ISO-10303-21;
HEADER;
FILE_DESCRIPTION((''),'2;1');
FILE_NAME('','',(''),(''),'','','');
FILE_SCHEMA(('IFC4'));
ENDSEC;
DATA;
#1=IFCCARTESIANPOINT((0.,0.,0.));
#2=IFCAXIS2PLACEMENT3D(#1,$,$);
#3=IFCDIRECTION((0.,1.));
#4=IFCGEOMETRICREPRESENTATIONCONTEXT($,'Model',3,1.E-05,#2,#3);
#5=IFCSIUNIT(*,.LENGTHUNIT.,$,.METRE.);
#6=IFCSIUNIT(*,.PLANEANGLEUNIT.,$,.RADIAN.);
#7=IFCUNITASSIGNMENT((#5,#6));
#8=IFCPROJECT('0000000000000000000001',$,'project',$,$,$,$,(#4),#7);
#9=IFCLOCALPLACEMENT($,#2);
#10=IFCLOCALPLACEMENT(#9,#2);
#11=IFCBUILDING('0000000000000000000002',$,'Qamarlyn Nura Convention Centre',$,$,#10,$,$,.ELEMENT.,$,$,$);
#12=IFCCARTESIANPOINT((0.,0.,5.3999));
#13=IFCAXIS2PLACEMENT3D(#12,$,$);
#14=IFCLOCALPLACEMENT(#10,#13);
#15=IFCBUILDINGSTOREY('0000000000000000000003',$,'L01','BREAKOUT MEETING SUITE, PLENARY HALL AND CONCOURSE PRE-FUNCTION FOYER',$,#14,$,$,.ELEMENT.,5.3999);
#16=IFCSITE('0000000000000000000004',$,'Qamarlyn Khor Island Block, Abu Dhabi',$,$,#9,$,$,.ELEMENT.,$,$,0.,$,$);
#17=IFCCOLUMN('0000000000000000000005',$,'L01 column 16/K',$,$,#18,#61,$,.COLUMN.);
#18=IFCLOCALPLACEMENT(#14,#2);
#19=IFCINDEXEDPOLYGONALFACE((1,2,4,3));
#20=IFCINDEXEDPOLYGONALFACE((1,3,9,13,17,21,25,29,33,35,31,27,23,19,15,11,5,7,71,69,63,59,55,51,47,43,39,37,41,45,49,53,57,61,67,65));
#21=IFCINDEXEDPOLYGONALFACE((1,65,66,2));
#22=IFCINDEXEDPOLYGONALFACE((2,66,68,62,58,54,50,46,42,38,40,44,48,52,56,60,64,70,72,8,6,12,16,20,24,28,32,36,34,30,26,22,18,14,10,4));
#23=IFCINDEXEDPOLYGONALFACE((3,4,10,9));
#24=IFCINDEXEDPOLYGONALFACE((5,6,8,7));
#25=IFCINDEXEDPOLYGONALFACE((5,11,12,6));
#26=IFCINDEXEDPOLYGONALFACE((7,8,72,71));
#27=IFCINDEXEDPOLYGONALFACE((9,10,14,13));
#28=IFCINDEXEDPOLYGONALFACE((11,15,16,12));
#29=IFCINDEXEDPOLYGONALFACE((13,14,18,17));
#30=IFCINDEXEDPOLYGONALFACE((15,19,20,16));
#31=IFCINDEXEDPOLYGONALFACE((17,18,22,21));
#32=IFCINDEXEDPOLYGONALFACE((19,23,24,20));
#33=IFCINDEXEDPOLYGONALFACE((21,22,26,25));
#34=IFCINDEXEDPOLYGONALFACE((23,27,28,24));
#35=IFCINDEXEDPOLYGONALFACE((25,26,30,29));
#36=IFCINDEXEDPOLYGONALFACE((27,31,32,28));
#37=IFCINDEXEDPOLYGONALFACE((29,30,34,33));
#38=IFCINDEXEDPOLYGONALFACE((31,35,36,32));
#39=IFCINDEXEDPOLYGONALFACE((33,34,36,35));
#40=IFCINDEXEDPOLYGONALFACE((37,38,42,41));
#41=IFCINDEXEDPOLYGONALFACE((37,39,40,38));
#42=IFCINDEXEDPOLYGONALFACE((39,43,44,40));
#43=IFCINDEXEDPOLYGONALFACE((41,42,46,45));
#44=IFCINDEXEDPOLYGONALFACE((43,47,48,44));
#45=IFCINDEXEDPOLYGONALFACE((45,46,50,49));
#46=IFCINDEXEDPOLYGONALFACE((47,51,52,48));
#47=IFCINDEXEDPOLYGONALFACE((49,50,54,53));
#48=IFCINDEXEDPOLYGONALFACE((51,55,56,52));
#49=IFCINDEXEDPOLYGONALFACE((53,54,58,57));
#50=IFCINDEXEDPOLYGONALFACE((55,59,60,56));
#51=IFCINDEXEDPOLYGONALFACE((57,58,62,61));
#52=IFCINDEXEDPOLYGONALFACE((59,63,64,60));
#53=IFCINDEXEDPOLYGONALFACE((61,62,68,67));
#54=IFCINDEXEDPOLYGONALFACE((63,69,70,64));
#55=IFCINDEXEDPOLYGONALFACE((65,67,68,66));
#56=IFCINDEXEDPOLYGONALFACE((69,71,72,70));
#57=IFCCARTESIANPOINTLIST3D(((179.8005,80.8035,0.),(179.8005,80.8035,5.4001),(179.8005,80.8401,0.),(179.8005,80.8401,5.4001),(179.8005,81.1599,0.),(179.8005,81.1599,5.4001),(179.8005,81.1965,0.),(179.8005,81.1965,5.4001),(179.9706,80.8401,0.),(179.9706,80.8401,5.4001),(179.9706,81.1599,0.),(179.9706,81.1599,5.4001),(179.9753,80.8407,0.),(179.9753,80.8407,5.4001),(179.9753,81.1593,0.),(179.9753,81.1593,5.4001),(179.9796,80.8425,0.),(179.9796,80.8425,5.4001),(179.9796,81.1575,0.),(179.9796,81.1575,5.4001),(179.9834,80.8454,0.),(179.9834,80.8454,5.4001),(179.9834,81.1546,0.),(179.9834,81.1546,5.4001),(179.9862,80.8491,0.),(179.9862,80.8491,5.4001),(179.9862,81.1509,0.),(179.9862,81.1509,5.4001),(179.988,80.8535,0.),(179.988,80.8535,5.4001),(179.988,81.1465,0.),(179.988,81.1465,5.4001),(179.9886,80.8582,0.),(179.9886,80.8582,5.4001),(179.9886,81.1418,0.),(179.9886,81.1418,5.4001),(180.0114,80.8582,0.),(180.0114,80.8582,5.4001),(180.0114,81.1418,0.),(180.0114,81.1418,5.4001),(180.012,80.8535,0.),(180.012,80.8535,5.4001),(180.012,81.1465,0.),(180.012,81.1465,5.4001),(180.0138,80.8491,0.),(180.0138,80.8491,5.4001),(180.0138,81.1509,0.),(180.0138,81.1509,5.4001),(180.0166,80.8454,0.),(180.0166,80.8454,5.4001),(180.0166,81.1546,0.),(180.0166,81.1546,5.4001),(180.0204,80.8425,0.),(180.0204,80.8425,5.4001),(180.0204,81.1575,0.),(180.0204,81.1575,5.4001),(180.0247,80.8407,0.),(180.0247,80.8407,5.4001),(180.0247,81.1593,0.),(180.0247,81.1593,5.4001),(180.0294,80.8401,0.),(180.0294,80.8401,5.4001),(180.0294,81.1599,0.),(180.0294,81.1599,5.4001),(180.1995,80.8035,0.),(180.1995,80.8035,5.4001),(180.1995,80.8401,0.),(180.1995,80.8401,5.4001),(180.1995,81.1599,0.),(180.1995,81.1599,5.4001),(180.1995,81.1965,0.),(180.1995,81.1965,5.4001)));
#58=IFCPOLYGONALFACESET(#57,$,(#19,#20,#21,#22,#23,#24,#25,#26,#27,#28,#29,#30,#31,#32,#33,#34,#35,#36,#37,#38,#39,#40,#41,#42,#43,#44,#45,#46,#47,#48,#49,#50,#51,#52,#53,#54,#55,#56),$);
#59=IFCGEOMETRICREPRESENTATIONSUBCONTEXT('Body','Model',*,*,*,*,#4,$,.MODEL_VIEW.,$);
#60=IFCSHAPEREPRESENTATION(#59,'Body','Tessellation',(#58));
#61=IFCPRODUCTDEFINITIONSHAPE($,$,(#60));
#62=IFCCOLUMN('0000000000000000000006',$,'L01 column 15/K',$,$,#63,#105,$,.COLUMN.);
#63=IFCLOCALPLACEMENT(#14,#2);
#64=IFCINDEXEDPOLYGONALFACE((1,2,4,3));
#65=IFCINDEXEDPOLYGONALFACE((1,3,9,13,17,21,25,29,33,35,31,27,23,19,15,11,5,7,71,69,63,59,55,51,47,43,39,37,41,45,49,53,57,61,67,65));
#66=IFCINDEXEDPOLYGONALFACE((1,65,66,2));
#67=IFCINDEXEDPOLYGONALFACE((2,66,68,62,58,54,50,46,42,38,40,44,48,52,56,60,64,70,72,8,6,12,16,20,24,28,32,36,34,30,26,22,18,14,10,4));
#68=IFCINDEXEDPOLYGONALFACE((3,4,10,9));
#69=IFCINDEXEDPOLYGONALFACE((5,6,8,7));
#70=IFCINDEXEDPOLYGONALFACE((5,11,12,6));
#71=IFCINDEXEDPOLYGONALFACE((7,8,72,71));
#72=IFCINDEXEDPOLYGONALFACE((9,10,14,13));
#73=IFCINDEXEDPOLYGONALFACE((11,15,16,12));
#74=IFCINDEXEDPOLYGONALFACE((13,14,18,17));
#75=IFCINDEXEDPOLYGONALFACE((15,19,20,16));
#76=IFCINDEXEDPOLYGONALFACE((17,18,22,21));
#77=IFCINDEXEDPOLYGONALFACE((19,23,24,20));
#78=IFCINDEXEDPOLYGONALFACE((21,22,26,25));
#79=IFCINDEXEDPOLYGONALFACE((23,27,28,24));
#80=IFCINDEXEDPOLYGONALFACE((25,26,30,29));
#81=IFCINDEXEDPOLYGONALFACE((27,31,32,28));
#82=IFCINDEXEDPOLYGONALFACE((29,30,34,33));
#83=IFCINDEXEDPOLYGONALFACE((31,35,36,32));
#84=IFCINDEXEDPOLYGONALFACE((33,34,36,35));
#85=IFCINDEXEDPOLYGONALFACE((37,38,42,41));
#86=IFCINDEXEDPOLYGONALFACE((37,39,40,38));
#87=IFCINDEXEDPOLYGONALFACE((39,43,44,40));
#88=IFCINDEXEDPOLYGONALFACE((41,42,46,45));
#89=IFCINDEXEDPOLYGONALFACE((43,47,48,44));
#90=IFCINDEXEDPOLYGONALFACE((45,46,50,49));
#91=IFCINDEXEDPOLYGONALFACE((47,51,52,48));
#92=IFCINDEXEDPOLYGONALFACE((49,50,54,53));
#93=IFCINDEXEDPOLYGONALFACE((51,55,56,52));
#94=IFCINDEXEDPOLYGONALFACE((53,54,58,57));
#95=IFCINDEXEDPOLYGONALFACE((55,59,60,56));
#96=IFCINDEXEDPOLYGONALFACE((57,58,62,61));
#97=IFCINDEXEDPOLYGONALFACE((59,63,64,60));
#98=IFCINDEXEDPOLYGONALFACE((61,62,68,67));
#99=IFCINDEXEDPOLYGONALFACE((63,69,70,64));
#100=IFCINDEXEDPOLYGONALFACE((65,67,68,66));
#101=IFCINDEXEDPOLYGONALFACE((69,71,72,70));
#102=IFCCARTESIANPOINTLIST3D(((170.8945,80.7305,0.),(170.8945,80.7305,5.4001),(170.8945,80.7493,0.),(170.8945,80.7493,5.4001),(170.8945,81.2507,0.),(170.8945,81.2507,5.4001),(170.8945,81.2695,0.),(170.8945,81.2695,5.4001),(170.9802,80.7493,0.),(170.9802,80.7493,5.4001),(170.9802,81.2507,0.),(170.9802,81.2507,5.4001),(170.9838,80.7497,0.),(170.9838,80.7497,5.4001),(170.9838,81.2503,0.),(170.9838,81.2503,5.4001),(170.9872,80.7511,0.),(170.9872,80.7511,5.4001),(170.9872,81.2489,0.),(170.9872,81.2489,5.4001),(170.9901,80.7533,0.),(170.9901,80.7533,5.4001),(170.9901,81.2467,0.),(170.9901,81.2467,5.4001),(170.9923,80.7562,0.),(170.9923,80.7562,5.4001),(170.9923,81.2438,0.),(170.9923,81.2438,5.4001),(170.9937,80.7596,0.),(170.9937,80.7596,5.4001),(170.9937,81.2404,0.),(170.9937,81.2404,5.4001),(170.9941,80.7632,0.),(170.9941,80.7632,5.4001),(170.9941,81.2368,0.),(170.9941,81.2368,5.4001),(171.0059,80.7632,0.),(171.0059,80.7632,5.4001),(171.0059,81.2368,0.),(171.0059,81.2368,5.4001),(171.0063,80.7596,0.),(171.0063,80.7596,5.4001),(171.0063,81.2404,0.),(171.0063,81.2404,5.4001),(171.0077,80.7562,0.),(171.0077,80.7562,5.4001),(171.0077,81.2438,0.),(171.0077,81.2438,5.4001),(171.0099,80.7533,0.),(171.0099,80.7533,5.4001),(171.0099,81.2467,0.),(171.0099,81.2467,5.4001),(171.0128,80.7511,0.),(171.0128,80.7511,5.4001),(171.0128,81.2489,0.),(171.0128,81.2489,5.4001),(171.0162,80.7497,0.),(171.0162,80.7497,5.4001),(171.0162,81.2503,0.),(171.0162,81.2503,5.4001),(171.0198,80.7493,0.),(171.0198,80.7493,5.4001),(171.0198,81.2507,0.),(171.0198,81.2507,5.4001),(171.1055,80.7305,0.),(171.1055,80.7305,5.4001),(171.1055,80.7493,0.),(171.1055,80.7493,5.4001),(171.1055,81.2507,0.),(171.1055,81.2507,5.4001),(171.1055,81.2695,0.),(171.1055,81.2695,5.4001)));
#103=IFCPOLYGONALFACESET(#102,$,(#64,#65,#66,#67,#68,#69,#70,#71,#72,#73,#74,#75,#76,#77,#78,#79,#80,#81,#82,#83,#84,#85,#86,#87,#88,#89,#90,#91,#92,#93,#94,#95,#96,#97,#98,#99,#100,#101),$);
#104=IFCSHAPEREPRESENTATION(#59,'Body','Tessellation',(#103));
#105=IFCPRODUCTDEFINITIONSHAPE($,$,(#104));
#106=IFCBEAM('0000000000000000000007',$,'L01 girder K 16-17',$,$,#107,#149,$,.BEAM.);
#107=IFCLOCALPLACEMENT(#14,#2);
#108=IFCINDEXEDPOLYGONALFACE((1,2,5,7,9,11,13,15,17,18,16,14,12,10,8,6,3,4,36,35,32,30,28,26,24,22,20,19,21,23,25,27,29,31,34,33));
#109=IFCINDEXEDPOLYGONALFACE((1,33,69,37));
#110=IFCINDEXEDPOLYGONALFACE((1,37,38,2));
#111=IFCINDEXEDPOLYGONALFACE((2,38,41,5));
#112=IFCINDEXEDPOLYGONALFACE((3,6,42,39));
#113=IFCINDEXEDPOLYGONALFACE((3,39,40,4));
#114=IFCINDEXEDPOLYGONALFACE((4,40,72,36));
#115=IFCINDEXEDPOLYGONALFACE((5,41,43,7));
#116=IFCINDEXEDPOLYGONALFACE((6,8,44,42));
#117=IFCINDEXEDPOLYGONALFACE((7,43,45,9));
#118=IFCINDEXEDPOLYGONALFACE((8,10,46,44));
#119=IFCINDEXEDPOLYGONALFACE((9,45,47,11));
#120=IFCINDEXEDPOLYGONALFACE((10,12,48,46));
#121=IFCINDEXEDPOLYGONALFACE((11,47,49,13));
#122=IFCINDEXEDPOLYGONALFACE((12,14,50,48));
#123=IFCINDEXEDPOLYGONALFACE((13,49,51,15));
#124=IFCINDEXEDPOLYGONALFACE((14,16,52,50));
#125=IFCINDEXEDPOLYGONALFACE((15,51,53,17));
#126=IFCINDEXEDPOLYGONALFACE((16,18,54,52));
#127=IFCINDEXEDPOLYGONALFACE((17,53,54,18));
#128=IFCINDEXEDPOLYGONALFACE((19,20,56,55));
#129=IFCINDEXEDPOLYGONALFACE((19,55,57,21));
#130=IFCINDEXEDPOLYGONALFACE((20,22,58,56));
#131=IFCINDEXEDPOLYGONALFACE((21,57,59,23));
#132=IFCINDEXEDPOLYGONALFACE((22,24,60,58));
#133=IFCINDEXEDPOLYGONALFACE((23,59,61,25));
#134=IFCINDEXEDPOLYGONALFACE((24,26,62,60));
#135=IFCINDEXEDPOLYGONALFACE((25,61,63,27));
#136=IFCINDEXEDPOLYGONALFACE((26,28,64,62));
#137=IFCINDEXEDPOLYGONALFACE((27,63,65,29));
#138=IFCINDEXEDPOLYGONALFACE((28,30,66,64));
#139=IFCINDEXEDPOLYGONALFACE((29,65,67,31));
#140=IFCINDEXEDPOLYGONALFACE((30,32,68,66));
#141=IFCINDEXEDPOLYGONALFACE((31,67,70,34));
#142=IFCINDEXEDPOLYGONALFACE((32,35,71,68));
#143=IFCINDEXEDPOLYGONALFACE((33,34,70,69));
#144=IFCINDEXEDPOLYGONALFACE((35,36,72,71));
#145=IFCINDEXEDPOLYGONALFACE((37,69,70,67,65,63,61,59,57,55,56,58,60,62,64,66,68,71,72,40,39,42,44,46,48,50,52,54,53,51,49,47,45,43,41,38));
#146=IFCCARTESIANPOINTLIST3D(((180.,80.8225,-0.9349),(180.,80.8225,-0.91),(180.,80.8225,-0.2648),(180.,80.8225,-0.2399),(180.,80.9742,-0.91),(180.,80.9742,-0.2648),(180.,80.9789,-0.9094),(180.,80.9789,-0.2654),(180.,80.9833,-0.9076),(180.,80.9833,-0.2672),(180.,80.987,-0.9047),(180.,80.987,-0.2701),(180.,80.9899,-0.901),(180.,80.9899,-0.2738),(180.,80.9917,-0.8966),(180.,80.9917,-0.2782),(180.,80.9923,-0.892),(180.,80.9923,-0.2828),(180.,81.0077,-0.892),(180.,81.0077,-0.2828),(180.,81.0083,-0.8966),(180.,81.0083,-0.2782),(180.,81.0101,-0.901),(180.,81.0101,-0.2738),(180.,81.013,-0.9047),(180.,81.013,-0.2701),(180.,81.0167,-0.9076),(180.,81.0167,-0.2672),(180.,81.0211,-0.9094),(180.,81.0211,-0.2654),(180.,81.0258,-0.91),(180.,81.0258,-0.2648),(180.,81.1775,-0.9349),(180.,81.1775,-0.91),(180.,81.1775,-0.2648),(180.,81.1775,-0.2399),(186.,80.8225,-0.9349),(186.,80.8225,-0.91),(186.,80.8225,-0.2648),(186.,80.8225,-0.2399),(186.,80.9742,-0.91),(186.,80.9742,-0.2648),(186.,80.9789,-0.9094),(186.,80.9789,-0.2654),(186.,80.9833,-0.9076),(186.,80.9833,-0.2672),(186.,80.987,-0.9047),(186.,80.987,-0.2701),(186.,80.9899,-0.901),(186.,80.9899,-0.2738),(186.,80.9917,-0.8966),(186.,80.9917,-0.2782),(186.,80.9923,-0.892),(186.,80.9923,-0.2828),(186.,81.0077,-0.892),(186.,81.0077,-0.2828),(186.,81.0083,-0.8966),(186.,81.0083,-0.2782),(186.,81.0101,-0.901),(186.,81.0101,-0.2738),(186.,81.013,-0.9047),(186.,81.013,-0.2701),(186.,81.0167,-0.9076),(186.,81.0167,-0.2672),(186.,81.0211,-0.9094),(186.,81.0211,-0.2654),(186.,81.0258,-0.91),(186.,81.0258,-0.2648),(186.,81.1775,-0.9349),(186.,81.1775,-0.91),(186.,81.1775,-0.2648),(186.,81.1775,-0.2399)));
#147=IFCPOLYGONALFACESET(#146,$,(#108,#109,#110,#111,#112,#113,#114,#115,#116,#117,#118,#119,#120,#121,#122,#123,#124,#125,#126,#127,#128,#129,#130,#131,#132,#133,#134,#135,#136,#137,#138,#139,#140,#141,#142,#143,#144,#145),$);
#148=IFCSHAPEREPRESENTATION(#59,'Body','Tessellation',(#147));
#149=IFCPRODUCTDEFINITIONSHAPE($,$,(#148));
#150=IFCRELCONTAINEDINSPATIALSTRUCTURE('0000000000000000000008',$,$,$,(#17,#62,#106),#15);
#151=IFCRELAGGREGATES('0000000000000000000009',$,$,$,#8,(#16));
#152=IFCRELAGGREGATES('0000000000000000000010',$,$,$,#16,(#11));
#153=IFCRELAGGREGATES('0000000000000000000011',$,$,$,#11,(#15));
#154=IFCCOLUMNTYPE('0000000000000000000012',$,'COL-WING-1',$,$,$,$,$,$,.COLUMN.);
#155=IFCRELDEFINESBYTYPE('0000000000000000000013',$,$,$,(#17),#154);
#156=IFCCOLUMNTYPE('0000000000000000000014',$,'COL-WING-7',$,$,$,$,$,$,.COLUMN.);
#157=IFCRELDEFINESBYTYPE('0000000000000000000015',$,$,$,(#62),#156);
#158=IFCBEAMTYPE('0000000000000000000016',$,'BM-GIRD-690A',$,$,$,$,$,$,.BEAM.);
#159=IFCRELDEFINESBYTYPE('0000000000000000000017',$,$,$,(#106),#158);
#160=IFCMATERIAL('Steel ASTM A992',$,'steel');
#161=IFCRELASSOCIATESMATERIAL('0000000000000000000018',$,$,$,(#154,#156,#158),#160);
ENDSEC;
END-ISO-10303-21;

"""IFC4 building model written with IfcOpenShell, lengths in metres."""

from ifc_helpers import new_model, si_unit, direction, frame, origin, origin_2d, place, context, subcontext, project, spatial, i_section, extrude, material, material_profile, profile_set, type_object, element, save


model = new_model("IFC4")

# Units and contexts
model_context = context("Model", 3, precision=1e-05, world=origin(), true_north=direction((0.0, 1.0)))
body_context = subcontext(model_context, "Body", "Model", "MODEL_VIEW")
ifc_project = project(units=[si_unit("LENGTHUNIT", "METRE"), si_unit("PLANEANGLEUNIT", "RADIAN")], contexts=[model_context])

# Site, building, storey
site_placement = place(None, origin())
site = spatial("IfcSite", under=ifc_project, at=site_placement, Name="Qamarlyn Khor Island Block, Abu Dhabi", CompositionType="ELEMENT", RefElevation=0.0)
building_placement = place(site_placement, origin())
building = spatial("IfcBuilding", under=site, at=building_placement, Name="Qamarlyn Nura Convention Centre", CompositionType="ELEMENT")
storey_placement = place(building_placement, frame((0.0, 0.0, 5.3999)))
storey = spatial("IfcBuildingStorey", under=building, at=storey_placement, Name="L01", Description="BREAKOUT MEETING SUITE, PLENARY HALL AND CONCOURSE PRE-FUNCTION FOYER", CompositionType="ELEMENT", Elevation=5.3999)

# Columns
ifc_material_1 = material(Name="Steel ASTM A992", Category="steel")
ifc_material_profile_1 = material_profile(ifc_material_1, i_section(OverallWidth=0.3989, OverallDepth=0.3931, WebThickness=0.0227, FlangeThickness=0.0366, FilletRadius=0.0181, at=origin_2d()), Name="W360X287")
ifc_profile_set_1 = profile_set([ifc_material_profile_1], Name="Steel ASTM A992")
column_type_1 = type_object("IfcColumnType", Name="COL-WING-1", PredefinedType="COLUMN", material=ifc_profile_set_1)
column_1_placement = place(storey_placement, frame((180.0, 81.0, 0.0), z_axis=(0.0, 0.0, 1.0), x_axis=(1.0, 0.0, 0.0)))
element("IfcColumn", 1, at=column_1_placement, inside=storey, type_object=column_type_1, Name="L01 column 16/K", PredefinedType="COLUMN", context=body_context, shape_type="SweptSolid", body=[
    extrude(i_section(OverallWidth=0.3989, OverallDepth=0.3931, WebThickness=0.0227, FlangeThickness=0.0366, FilletRadius=0.0181, at=origin_2d()), origin(), (0.0, 0.0, 1.0), 5.4001),
])
ifc_material_profile_2 = material_profile(ifc_material_1, i_section(OverallWidth=0.2109, OverallDepth=0.5391, WebThickness=0.0117, FlangeThickness=0.0188, FilletRadius=0.0139, at=origin_2d()), Name="W530X109")
ifc_profile_set_2 = profile_set([ifc_material_profile_2], Name="Steel ASTM A992")
column_type_2 = type_object("IfcColumnType", Name="COL-WING-7", PredefinedType="COLUMN", material=ifc_profile_set_2)
column_2_placement = place(storey_placement, frame((171.0, 81.0, 0.0), z_axis=(0.0, 0.0, 1.0), x_axis=(1.0, 0.0, 0.0)))
element("IfcColumn", 2, at=column_2_placement, inside=storey, type_object=column_type_2, Name="L01 column 15/K", PredefinedType="COLUMN", context=body_context, shape_type="SweptSolid", body=[
    extrude(i_section(OverallWidth=0.2109, OverallDepth=0.5391, WebThickness=0.0117, FlangeThickness=0.0188, FilletRadius=0.0139, at=origin_2d()), origin(), (0.0, 0.0, 1.0), 5.4001),
])

# Beam
ifc_material_profile_3 = material_profile(ifc_material_1, i_section(OverallWidth=0.355, OverallDepth=0.6951, WebThickness=0.0154, FlangeThickness=0.0249, FilletRadius=0.0181, at=origin_2d()), Name="W690X217")
ifc_profile_set_3 = profile_set([ifc_material_profile_3], Name="Steel ASTM A992")
beam_type_1 = type_object("IfcBeamType", Name="BM-GIRD-690A", PredefinedType="BEAM", material=ifc_profile_set_3)
beam_1_placement = place(storey_placement, frame((180.0, 81.0, -0.5874), z_axis=(1.0, 0.0, 0.0), x_axis=(0.0, 1.0, 0.0)))
element("IfcBeam", 3, at=beam_1_placement, inside=storey, type_object=beam_type_1, Name="L01 girder K 16-17", PredefinedType="BEAM", context=body_context, shape_type="SweptSolid", body=[
    extrude(i_section(OverallWidth=0.355, OverallDepth=0.6951, WebThickness=0.0154, FlangeThickness=0.0249, FilletRadius=0.0181, at=origin_2d()), origin(), (0.0, 0.0, 1.0), 6.0),
])

save(model, "model.ifc")
